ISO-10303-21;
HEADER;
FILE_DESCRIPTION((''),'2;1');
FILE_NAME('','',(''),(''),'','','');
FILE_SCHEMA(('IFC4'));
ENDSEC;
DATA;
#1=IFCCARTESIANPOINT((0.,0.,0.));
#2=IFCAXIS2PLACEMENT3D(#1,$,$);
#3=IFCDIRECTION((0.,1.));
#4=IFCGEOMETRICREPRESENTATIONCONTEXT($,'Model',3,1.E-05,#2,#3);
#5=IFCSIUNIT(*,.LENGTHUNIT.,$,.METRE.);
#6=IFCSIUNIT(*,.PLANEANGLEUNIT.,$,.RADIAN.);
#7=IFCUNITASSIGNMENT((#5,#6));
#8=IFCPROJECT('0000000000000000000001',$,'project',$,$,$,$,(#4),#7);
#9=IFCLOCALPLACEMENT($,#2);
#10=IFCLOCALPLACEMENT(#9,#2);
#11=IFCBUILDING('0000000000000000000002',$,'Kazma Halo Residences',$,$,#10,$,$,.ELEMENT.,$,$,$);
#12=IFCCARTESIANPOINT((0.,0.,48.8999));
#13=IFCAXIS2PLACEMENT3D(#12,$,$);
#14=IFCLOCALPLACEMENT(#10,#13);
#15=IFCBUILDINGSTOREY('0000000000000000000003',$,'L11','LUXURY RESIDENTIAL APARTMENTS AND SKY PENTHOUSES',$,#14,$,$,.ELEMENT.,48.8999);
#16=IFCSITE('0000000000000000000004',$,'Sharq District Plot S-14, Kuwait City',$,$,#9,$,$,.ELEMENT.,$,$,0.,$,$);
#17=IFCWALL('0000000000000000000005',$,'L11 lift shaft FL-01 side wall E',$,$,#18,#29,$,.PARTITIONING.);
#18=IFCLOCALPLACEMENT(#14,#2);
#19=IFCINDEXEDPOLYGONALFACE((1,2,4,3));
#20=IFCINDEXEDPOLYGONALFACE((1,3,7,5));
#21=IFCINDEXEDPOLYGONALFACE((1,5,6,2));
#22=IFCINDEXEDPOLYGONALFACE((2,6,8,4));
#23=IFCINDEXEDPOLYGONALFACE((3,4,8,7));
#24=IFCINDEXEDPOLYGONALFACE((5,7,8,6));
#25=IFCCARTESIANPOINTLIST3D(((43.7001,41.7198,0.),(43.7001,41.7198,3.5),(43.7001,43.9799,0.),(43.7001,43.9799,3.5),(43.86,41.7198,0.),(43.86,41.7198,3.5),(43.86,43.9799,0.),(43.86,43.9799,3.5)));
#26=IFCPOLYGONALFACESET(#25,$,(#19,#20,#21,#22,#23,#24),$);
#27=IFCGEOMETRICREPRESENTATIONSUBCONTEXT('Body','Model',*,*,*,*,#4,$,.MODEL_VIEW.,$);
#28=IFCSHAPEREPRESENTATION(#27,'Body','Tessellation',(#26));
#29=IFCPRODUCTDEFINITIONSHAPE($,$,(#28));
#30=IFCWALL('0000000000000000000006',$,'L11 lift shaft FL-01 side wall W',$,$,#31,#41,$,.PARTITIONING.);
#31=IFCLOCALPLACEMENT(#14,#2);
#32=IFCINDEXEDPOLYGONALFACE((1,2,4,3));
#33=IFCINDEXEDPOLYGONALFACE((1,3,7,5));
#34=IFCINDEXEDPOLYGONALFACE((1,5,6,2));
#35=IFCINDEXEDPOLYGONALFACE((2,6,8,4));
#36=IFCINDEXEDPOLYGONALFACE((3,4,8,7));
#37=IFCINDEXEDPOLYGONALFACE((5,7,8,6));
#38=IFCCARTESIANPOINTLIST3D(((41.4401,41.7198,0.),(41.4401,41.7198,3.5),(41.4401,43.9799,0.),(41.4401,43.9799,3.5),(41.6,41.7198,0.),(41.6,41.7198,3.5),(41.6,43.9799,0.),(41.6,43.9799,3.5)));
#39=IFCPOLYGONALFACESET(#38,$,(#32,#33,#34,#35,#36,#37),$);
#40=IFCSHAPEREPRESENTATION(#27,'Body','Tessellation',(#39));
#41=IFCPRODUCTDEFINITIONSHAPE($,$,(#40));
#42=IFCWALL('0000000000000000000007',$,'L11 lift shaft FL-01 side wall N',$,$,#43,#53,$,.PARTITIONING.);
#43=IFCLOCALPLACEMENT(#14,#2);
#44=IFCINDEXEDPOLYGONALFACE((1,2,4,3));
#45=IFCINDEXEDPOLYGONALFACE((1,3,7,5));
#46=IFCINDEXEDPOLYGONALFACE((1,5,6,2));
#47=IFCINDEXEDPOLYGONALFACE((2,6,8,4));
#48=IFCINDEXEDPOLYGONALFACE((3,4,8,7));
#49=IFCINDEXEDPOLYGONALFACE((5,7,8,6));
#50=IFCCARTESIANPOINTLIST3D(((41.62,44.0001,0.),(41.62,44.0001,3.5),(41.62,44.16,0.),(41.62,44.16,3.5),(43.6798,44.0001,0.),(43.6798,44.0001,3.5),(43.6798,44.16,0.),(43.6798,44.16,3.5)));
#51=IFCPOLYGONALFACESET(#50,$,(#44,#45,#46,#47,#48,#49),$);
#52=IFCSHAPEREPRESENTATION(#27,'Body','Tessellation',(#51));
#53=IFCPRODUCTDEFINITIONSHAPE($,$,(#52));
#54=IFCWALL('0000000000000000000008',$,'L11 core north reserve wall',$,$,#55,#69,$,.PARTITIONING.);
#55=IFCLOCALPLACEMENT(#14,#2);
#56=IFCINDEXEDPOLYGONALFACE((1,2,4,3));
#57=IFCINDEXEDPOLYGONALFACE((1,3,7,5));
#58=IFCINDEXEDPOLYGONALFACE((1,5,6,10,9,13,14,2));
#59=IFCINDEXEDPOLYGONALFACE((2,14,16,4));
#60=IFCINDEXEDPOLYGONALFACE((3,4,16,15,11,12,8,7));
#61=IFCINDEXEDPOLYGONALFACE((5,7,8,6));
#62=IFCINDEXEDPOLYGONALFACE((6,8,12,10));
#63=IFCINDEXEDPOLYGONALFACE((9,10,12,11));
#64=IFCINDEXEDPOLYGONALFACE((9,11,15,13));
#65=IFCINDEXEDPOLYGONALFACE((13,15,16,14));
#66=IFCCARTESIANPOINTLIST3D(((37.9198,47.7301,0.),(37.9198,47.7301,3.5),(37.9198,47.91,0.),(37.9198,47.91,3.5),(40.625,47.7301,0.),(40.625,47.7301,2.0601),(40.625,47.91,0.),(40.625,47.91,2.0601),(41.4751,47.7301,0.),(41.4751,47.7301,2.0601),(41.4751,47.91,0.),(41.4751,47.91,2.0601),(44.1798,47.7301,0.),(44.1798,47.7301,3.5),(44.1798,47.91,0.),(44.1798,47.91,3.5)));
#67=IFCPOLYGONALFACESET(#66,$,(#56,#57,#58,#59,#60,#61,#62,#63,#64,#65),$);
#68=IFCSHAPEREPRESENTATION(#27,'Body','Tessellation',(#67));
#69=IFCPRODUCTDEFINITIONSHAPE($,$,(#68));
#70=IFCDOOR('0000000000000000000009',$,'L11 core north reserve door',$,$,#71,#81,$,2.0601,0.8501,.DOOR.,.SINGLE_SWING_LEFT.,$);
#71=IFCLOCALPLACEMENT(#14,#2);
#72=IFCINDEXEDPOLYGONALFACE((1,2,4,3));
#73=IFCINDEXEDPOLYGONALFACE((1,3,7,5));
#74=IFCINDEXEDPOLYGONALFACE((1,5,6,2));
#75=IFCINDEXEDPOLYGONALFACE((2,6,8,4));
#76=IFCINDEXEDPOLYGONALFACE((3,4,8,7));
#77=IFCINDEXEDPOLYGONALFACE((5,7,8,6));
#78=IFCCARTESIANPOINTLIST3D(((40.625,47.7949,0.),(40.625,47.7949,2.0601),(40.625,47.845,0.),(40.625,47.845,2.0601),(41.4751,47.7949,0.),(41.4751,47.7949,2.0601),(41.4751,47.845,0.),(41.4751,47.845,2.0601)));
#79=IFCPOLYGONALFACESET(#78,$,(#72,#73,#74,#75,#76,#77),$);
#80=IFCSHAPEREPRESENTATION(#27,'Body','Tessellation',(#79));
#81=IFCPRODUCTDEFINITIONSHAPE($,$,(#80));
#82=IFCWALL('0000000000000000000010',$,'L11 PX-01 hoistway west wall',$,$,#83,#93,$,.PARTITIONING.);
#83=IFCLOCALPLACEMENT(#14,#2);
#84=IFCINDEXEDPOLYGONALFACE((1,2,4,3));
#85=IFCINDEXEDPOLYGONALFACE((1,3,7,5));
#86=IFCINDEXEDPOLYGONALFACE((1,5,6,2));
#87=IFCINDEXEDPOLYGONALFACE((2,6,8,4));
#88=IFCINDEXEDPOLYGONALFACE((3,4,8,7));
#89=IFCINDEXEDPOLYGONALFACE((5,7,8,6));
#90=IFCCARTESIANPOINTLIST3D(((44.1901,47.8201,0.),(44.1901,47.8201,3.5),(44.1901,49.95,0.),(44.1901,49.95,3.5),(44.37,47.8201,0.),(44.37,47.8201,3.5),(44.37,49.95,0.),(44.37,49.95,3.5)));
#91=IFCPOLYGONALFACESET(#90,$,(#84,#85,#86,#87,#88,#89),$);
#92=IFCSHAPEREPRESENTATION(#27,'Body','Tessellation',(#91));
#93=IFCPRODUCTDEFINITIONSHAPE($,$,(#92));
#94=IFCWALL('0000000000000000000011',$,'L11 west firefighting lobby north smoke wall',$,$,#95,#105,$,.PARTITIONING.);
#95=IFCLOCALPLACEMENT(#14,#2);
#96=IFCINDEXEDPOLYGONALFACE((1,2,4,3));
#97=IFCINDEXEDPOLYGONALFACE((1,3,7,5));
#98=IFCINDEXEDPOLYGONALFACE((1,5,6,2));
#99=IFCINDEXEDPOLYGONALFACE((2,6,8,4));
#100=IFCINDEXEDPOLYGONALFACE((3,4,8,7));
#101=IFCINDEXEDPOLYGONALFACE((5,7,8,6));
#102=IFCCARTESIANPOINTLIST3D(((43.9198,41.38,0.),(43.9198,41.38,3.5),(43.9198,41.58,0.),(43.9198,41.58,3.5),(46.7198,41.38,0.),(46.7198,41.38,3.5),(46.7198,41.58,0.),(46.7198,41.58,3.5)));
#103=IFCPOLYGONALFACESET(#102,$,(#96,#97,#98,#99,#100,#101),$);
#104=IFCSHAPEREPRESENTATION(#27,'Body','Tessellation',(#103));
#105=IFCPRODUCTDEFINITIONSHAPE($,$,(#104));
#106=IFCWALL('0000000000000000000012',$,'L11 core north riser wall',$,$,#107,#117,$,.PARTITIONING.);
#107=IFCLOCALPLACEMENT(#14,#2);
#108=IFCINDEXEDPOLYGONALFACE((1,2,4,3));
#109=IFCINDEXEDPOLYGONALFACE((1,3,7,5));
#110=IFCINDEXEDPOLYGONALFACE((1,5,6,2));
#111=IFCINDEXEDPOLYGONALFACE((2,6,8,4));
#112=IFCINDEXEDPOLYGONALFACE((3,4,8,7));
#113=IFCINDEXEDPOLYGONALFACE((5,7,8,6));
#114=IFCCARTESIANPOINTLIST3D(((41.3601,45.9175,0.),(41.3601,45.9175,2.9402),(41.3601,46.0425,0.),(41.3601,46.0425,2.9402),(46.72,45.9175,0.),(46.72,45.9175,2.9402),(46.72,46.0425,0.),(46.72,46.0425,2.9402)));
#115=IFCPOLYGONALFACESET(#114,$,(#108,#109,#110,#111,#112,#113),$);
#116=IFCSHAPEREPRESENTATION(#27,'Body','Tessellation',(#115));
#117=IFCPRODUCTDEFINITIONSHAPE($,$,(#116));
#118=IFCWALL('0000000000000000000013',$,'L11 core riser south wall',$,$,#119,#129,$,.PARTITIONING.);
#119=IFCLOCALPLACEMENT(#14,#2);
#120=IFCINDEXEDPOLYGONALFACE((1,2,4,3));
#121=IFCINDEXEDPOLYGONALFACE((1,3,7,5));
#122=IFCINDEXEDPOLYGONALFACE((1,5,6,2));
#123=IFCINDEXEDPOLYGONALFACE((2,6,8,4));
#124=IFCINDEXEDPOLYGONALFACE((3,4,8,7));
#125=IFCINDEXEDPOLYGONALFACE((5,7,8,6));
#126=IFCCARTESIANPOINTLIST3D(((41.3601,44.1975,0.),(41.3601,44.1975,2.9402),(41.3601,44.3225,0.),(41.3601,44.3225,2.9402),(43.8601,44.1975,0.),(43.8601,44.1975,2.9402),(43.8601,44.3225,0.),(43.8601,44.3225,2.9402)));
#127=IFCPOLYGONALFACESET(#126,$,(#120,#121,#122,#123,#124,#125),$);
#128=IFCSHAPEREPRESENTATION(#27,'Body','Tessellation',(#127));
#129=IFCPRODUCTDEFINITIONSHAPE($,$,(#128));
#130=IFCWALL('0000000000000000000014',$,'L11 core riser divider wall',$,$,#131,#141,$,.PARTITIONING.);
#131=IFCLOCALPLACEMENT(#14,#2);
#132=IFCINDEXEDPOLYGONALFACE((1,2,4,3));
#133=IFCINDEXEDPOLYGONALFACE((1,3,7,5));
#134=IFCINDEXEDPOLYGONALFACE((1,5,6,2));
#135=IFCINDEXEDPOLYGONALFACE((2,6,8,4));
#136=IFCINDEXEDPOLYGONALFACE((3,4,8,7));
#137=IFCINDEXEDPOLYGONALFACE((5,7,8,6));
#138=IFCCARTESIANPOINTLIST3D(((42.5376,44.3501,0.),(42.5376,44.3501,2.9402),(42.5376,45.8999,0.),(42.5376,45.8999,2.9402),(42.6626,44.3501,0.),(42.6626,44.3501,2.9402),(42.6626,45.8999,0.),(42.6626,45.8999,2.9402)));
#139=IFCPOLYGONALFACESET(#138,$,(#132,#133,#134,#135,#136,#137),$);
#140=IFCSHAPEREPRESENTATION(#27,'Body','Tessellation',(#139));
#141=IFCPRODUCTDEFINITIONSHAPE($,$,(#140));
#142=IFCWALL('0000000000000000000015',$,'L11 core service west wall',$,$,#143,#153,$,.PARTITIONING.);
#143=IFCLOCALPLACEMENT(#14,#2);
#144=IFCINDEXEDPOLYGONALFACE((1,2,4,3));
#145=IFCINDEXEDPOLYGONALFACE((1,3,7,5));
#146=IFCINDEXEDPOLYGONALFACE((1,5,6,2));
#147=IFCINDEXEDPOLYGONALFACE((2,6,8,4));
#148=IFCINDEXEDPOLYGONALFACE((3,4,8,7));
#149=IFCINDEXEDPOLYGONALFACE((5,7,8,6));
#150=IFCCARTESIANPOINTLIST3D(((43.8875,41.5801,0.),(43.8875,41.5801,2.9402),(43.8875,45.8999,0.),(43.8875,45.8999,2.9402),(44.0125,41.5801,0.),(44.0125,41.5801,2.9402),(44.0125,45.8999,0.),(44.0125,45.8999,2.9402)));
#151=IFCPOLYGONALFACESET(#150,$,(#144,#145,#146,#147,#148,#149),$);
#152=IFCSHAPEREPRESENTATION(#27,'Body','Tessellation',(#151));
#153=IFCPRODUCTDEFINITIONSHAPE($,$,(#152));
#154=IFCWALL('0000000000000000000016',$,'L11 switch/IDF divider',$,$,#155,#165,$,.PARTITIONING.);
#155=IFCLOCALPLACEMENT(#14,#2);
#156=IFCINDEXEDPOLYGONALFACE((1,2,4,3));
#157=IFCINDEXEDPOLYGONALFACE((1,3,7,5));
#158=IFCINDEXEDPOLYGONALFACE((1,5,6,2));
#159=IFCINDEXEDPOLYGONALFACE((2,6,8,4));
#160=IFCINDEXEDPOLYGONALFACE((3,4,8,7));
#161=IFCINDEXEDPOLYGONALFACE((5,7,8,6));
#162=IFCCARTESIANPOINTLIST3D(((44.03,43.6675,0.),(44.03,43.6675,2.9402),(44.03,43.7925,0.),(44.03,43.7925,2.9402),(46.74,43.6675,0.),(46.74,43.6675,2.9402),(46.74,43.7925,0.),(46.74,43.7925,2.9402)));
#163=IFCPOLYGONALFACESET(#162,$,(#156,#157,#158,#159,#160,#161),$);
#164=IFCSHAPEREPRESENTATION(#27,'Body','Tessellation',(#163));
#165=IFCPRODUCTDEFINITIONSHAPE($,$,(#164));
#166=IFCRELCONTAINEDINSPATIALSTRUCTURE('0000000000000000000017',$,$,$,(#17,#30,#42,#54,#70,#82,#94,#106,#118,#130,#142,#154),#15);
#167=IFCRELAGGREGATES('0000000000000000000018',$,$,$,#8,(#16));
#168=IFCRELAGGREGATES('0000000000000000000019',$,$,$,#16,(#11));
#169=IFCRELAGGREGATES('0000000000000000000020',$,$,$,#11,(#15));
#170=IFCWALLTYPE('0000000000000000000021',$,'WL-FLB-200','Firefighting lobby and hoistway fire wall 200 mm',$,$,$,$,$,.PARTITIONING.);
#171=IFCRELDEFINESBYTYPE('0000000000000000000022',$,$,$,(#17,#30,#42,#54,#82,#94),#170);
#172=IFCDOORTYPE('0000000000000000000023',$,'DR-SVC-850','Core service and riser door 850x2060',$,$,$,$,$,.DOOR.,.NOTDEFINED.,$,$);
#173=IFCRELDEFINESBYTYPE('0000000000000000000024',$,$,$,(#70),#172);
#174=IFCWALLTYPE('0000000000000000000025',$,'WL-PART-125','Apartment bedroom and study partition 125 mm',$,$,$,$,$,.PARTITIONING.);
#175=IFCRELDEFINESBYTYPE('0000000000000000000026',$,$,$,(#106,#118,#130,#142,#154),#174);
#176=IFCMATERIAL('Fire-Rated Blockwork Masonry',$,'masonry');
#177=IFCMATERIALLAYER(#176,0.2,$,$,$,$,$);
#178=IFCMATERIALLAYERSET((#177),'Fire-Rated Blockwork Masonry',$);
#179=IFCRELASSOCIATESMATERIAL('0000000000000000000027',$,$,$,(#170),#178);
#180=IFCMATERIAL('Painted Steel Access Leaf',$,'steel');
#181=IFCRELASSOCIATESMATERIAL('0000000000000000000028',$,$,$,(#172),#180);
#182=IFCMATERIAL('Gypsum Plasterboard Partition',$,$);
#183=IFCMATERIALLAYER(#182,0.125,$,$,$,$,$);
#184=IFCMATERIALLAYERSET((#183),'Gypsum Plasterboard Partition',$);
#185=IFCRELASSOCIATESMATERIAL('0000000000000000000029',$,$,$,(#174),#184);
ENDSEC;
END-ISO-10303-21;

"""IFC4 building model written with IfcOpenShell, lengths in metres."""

from ifc_helpers import new_model, si_unit, direction, frame, frame_2d, origin, place, context, subcontext, project, spatial, rectangle, extrude, material, layer, layer_set, type_object, element, fill, save


model = new_model("IFC4")

# Units and contexts
model_context = context("Model", 3, precision=1e-05, world=origin(), true_north=direction((0.0, 1.0)))
body_context = subcontext(model_context, "Body", "Model", "MODEL_VIEW")
ifc_project = project(units=[si_unit("LENGTHUNIT", "METRE"), si_unit("PLANEANGLEUNIT", "RADIAN")], contexts=[model_context])

# Site, building, storey
site_placement = place(None, origin())
site = spatial("IfcSite", under=ifc_project, at=site_placement, Name="Sharq District Plot S-14, Kuwait City", CompositionType="ELEMENT", RefElevation=0.0)
building_placement = place(site_placement, origin())
building = spatial("IfcBuilding", under=site, at=building_placement, Name="Kazma Halo Residences", CompositionType="ELEMENT")
storey_placement = place(building_placement, frame((0.0, 0.0, 48.8999)))
storey = spatial("IfcBuildingStorey", under=building, at=storey_placement, Name="L11", Description="LUXURY RESIDENTIAL APARTMENTS AND SKY PENTHOUSES", CompositionType="ELEMENT", Elevation=48.8999)

# Shared definitions
ifc_material_1 = material(Name="Fire-Rated Blockwork Masonry", Category="masonry")
ifc_layer_1 = layer(ifc_material_1, 0.2)
ifc_layer_set_1 = layer_set([ifc_layer_1], Name="Fire-Rated Blockwork Masonry")
wall_type_1 = type_object("IfcWallType", Name="WL-FLB-200", Description="Firefighting lobby and hoistway fire wall 200 mm", PredefinedType="PARTITIONING", material=ifc_layer_set_1)

# Walls
for number, where, z_axis, x_axis, name in (
    (1, (43.78, 41.72, 0.0), (0.0, 0.0, 1.0), (0.0, 1.0, 0.0), "L11 lift shaft FL-01 side wall E"),
    (2, (41.52, 41.72, 0.0), (0.0, 0.0, 1.0), (0.0, 1.0, 0.0), "L11 lift shaft FL-01 side wall W"),
):
    element("IfcWall", number, at=place(storey_placement, frame(where, z_axis=z_axis, x_axis=x_axis)), inside=storey, type_object=wall_type_1, Name=name, PredefinedType="PARTITIONING", context=body_context, shape_type="SweptSolid", body=[
        extrude(rectangle(XDim=2.26, YDim=0.1599, at=frame_2d((1.1299, 0.0))), origin(), (0.0, 0.0, 1.0), 3.5),
    ])
wall_1_placement = place(storey_placement, frame((41.6201, 44.0801, 0.0), z_axis=(0.0, 0.0, 1.0), x_axis=(1.0, 0.0, 0.0)))
element("IfcWall", 3, at=wall_1_placement, inside=storey, type_object=wall_type_1, Name="L11 lift shaft FL-01 side wall N", PredefinedType="PARTITIONING", context=body_context, shape_type="SweptSolid", body=[
    extrude(rectangle(XDim=2.0598, YDim=0.1599, at=frame_2d((1.0298, 0.0))), origin(), (0.0, 0.0, 1.0), 3.5),
])

# Wall, opening, door
wall_2_placement = place(storey_placement, frame((37.9199, 47.8201, 0.0), z_axis=(0.0, 0.0, 1.0), x_axis=(1.0, 0.0, 0.0)))
wall_2 = element("IfcWall", 4, at=wall_2_placement, inside=storey, type_object=wall_type_1, Name="L11 core north reserve wall", PredefinedType="PARTITIONING", context=body_context, shape_type="SweptSolid", body=[
    extrude(rectangle(XDim=6.26, YDim=0.1799, at=frame_2d((3.1299, 0.0))), origin(), (0.0, 0.0, 1.0), 3.5),
])
opening_1_placement = place(wall_2_placement, frame((2.7051, 0.0, 0.0)))
opening_1 = element("IfcOpeningElement", 5, at=opening_1_placement, cuts=wall_2, PredefinedType="OPENING", context=body_context, shape_type="SweptSolid", body=[
    extrude(rectangle(XDim=0.8501, YDim=2.0601, at=frame_2d((0.425, 1.03))), frame((0.0, 0.0999, 0.0), z_axis=(0.0, -1.0, 0.0), x_axis=(1.0, 0.0, 0.0)), (0.0, 0.0, 1.0), 0.2),
])
ifc_material_2 = material(Name="Painted Steel Access Leaf", Category="steel")
door_type_1 = type_object("IfcDoorType", Name="DR-SVC-850", Description="Core service and riser door 850x2060", OperationType="NOTDEFINED", PredefinedType="DOOR", material=ifc_material_2)
door_1_placement = place(opening_1_placement, origin())
door_1 = element("IfcDoor", 6, at=door_1_placement, inside=storey, type_object=door_type_1, Name="L11 core north reserve door", OperationType="SINGLE_SWING_LEFT", OverallHeight=2.0601, OverallWidth=0.8501, PredefinedType="DOOR", context=body_context, shape_type="SweptSolid", body=[
    extrude(rectangle(XDim=0.8501, YDim=2.0601, at=frame_2d((0.425, 1.03))), frame((0.0, 0.0249, 0.0), z_axis=(0.0, -1.0, 0.0), x_axis=(1.0, 0.0, 0.0)), (0.0, 0.0, 1.0), 0.05),
])
fill(opening_1, door_1)

# Walls
wall_3_placement = place(storey_placement, frame((44.28, 47.8201, 0.0), z_axis=(0.0, 0.0, 1.0), x_axis=(0.0, 1.0, 0.0)))
element("IfcWall", 7, at=wall_3_placement, inside=storey, type_object=wall_type_1, Name="L11 PX-01 hoistway west wall", PredefinedType="PARTITIONING", context=body_context, shape_type="SweptSolid", body=[
    extrude(rectangle(XDim=2.1299, YDim=0.1799, at=frame_2d((1.0649, 0.0))), origin(), (0.0, 0.0, 1.0), 3.5),
])
wall_4_placement = place(storey_placement, frame((43.9199, 41.48, 0.0), z_axis=(0.0, 0.0, 1.0), x_axis=(1.0, 0.0, 0.0)))
element("IfcWall", 8, at=wall_4_placement, inside=storey, type_object=wall_type_1, Name="L11 west firefighting lobby north smoke wall", PredefinedType="PARTITIONING", context=body_context, shape_type="SweptSolid", body=[
    extrude(rectangle(XDim=2.8, YDim=0.2, at=frame_2d((1.3999, 0.0))), origin(), (0.0, 0.0, 1.0), 3.5),
])
ifc_material_3 = material(Name="Gypsum Plasterboard Partition")
ifc_layer_2 = layer(ifc_material_3, 0.125)
ifc_layer_set_2 = layer_set([ifc_layer_2], Name="Gypsum Plasterboard Partition")
wall_type_2 = type_object("IfcWallType", Name="WL-PART-125", Description="Apartment bedroom and study partition 125 mm", PredefinedType="PARTITIONING", material=ifc_layer_set_2)
wall_5_placement = place(storey_placement, frame((41.3601, 45.98, 0.0), z_axis=(0.0, 0.0, 1.0), x_axis=(1.0, 0.0, 0.0)))
element("IfcWall", 9, at=wall_5_placement, inside=storey, type_object=wall_type_2, Name="L11 core north riser wall", PredefinedType="PARTITIONING", context=body_context, shape_type="SweptSolid", body=[
    extrude(rectangle(XDim=5.3599, YDim=0.125, at=frame_2d((2.6799, 0.0))), origin(), (0.0, 0.0, 1.0), 2.9402),
])
wall_6_placement = place(storey_placement, frame((41.3601, 44.26, 0.0), z_axis=(0.0, 0.0, 1.0), x_axis=(1.0, 0.0, 0.0)))
element("IfcWall", 10, at=wall_6_placement, inside=storey, type_object=wall_type_2, Name="L11 core riser south wall", PredefinedType="PARTITIONING", context=body_context, shape_type="SweptSolid", body=[
    extrude(rectangle(XDim=2.5, YDim=0.125, at=frame_2d((1.25, 0.0))), origin(), (0.0, 0.0, 1.0), 2.9402),
])
wall_7_placement = place(storey_placement, frame((42.6001, 44.3501, 0.0), z_axis=(0.0, 0.0, 1.0), x_axis=(0.0, 1.0, 0.0)))
element("IfcWall", 11, at=wall_7_placement, inside=storey, type_object=wall_type_2, Name="L11 core riser divider wall", PredefinedType="PARTITIONING", context=body_context, shape_type="SweptSolid", body=[
    extrude(rectangle(XDim=1.5498, YDim=0.125, at=frame_2d((0.7749, 0.0))), origin(), (0.0, 0.0, 1.0), 2.9402),
])
wall_8_placement = place(storey_placement, frame((43.95, 41.5801, 0.0), z_axis=(0.0, 0.0, 1.0), x_axis=(0.0, 1.0, 0.0)))
element("IfcWall", 12, at=wall_8_placement, inside=storey, type_object=wall_type_2, Name="L11 core service west wall", PredefinedType="PARTITIONING", context=body_context, shape_type="SweptSolid", body=[
    extrude(rectangle(XDim=4.3198, YDim=0.125, at=frame_2d((2.1599, 0.0))), origin(), (0.0, 0.0, 1.0), 2.9402),
])
wall_9_placement = place(storey_placement, frame((44.03, 43.73, 0.0), z_axis=(0.0, 0.0, 1.0), x_axis=(1.0, 0.0, 0.0)))
element("IfcWall", 13, at=wall_9_placement, inside=storey, type_object=wall_type_2, Name="L11 switch/IDF divider", PredefinedType="PARTITIONING", context=body_context, shape_type="SweptSolid", body=[
    extrude(rectangle(XDim=2.71, YDim=0.125, at=frame_2d((1.355, 0.0))), origin(), (0.0, 0.0, 1.0), 2.9402),
])

save(model, "model.ifc")
